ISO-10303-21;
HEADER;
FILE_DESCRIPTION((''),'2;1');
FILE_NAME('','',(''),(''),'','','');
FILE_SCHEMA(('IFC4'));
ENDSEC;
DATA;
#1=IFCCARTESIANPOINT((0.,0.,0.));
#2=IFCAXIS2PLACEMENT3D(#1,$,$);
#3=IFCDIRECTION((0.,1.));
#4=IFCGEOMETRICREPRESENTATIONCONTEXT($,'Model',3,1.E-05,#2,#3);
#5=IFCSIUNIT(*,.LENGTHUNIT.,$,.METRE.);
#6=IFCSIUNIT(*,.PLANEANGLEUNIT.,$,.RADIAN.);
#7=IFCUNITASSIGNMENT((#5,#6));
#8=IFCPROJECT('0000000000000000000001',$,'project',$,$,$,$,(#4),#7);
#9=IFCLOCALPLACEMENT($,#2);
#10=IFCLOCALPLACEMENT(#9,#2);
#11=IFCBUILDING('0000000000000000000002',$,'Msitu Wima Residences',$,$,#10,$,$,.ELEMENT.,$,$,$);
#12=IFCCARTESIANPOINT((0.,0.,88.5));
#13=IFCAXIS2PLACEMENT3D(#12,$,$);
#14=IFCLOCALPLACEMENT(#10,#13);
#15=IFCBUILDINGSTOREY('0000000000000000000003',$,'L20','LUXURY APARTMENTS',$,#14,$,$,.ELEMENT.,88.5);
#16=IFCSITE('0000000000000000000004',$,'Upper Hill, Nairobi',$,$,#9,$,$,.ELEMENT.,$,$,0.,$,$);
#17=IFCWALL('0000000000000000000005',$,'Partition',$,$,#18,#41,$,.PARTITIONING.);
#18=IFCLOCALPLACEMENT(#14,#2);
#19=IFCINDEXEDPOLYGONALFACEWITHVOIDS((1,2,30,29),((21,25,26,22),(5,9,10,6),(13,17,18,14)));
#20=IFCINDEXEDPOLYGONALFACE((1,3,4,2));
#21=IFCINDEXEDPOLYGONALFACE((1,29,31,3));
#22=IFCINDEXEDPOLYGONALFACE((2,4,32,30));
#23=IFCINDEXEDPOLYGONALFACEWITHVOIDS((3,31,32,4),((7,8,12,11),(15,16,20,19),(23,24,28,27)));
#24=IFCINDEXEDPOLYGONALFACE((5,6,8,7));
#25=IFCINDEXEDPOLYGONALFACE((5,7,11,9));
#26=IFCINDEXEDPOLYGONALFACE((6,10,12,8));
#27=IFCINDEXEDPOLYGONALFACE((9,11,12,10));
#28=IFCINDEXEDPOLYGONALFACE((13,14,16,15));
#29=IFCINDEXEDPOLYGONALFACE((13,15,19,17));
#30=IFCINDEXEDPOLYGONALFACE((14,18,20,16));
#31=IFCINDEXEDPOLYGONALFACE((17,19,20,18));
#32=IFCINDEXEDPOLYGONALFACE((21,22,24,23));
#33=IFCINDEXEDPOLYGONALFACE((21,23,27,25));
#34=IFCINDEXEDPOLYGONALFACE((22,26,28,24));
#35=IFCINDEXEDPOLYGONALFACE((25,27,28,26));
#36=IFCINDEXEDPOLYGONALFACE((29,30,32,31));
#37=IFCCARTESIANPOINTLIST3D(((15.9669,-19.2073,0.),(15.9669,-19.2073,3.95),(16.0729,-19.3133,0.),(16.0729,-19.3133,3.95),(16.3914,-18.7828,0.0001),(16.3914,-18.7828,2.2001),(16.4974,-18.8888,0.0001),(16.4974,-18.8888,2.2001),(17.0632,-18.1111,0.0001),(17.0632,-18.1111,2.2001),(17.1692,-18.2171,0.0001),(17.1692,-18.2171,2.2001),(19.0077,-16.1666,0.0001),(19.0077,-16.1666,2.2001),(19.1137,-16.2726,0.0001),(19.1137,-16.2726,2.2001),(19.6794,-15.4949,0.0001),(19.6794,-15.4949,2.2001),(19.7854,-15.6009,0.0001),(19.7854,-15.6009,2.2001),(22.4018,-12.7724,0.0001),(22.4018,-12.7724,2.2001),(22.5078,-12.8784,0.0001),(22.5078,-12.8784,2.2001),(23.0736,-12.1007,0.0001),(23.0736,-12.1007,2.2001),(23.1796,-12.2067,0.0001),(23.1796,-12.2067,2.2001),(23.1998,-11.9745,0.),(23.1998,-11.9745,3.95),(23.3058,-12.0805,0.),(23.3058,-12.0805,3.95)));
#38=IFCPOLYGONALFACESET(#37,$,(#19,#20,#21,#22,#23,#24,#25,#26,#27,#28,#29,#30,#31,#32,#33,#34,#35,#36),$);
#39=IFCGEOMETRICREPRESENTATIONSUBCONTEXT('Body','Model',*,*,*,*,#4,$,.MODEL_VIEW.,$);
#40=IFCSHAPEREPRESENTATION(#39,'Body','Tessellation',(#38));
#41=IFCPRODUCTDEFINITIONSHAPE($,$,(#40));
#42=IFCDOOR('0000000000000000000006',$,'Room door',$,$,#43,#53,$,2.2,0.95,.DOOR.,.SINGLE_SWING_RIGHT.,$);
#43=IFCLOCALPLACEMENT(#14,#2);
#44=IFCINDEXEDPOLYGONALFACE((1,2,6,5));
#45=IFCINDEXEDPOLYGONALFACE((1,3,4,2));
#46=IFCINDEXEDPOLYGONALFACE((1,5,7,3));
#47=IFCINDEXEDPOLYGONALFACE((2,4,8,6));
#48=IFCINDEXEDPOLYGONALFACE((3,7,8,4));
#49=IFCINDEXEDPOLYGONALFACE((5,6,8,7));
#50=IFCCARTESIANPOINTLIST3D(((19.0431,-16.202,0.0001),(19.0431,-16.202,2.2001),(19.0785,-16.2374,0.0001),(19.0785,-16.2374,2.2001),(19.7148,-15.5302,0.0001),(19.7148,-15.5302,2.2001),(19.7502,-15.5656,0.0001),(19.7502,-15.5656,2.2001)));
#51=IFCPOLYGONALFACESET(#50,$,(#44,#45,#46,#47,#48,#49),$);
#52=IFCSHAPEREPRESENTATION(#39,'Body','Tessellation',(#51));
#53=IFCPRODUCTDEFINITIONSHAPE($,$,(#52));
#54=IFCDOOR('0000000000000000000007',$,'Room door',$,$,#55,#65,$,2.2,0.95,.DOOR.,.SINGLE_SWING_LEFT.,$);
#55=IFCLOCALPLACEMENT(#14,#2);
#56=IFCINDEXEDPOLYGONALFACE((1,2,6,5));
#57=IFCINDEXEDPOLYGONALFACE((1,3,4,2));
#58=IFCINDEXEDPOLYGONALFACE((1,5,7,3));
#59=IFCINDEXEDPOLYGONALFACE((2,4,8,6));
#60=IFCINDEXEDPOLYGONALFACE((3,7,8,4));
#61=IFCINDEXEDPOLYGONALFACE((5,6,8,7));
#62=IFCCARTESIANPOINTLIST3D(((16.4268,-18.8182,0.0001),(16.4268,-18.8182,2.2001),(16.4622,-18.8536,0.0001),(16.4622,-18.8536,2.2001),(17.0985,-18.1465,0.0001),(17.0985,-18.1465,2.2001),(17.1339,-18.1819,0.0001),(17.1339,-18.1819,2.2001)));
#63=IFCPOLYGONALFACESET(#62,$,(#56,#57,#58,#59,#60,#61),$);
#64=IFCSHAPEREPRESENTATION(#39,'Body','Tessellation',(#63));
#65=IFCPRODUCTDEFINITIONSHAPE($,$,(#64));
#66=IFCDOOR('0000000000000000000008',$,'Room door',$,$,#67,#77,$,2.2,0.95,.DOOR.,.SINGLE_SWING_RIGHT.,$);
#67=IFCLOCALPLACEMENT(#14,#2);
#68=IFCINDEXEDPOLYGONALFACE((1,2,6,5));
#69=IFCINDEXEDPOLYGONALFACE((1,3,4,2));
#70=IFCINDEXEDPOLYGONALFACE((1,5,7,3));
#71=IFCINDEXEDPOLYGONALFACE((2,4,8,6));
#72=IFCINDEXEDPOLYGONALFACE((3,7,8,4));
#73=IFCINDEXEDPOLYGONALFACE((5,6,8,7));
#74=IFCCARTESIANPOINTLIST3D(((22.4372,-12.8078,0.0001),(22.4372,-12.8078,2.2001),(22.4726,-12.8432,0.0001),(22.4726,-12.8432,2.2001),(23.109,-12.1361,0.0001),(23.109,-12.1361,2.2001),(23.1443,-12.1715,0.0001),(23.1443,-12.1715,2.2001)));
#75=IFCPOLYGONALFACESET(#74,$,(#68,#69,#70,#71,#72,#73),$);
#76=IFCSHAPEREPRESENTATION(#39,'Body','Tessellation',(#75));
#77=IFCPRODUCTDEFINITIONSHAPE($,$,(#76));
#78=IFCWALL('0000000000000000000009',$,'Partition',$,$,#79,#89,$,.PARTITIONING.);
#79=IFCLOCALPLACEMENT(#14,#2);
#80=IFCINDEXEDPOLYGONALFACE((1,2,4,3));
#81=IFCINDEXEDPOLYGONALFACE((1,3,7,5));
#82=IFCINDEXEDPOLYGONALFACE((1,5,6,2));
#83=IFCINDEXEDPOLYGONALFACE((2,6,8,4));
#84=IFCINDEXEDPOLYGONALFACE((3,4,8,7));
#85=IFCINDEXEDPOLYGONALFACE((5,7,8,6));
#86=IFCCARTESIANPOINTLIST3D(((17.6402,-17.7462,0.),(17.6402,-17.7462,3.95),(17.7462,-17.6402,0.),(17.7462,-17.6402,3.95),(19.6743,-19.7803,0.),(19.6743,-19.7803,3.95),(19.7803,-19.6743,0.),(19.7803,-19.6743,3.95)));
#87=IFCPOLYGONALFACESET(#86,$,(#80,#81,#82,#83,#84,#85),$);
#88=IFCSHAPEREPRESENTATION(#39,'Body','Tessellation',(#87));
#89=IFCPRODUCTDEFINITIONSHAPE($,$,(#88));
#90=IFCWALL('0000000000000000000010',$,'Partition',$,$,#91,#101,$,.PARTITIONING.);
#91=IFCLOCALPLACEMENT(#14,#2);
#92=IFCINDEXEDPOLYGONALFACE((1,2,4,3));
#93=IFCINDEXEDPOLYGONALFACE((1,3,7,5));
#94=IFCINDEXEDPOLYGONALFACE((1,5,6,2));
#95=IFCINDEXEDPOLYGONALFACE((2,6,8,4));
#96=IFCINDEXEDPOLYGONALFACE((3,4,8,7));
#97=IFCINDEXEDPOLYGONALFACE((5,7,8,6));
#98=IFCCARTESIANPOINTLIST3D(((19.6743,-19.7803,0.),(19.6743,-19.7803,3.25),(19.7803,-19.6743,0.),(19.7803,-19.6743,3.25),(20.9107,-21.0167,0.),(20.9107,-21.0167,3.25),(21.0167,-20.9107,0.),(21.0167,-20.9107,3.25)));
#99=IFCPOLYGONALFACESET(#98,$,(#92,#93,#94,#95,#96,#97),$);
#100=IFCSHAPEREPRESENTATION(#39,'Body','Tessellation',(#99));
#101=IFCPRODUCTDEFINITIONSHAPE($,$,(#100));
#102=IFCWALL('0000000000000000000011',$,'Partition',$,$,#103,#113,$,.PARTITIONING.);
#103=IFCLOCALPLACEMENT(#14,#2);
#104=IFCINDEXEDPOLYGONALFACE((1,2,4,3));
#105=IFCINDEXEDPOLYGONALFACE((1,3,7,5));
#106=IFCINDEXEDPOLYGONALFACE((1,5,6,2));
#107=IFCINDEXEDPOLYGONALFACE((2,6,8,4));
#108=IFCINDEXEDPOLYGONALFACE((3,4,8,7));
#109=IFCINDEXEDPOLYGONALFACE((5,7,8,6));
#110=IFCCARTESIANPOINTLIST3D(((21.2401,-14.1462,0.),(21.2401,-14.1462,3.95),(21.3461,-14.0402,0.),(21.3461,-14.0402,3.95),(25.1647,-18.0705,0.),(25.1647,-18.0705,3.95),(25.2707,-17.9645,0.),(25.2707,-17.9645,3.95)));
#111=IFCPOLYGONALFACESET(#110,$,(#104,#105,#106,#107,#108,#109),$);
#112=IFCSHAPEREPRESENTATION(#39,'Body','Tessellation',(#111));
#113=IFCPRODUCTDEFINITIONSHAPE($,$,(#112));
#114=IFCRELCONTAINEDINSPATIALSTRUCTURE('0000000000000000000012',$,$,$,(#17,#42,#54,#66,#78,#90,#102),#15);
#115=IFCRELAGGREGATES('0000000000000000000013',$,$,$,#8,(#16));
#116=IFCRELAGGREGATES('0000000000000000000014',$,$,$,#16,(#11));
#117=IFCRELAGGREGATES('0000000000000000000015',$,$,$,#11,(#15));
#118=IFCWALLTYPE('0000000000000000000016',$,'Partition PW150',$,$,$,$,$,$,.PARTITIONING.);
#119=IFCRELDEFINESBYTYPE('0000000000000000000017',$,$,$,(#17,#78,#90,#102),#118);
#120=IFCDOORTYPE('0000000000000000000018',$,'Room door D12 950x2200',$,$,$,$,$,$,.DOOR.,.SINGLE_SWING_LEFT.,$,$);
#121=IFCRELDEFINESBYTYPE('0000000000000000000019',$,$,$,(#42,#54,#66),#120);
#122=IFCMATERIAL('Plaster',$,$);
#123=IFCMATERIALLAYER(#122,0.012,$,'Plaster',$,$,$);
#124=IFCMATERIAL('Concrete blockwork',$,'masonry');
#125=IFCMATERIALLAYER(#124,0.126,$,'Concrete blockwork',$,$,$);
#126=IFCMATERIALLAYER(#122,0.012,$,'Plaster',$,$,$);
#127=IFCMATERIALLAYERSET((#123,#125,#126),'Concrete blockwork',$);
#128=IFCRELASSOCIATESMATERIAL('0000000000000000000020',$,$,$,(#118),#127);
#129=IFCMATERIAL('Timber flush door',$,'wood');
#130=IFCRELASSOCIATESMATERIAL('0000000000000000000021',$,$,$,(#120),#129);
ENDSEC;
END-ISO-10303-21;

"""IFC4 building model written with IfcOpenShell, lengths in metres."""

from ifc_helpers import new_model, si_unit, direction, frame, frame_2d, origin, place, context, subcontext, project, spatial, rectangle, extrude, material, layer, layer_set, type_object, element, fill, save


model = new_model("IFC4")

# Units and contexts
model_context = context("Model", 3, precision=1e-05, world=origin(), true_north=direction((0.0, 1.0)))
body_context = subcontext(model_context, "Body", "Model", "MODEL_VIEW")
ifc_project = project(units=[si_unit("LENGTHUNIT", "METRE"), si_unit("PLANEANGLEUNIT", "RADIAN")], contexts=[model_context])

# Site, building, storey
site_placement = place(None, origin())
site = spatial("IfcSite", under=ifc_project, at=site_placement, Name="Upper Hill, Nairobi", CompositionType="ELEMENT", RefElevation=0.0)
building_placement = place(site_placement, origin())
building = spatial("IfcBuilding", under=site, at=building_placement, Name="Msitu Wima Residences", CompositionType="ELEMENT")
storey_placement = place(building_placement, frame((0.0, 0.0, 88.5)))
storey = spatial("IfcBuildingStorey", under=building, at=storey_placement, Name="L20", Description="LUXURY APARTMENTS", CompositionType="ELEMENT", Elevation=88.5)

# Shared definitions
ifc_material_1 = material(Name="Plaster")
ifc_material_2 = material(Name="Concrete blockwork", Category="masonry")

# Wall, openings, doors
ifc_layer_1 = layer(ifc_material_1, 0.012, Name="Plaster")
ifc_layer_2 = layer(ifc_material_2, 0.126, Name="Concrete blockwork")
ifc_layer_3 = layer(ifc_material_1, 0.012, Name="Plaster")
ifc_layer_set_1 = layer_set([ifc_layer_1, ifc_layer_2, ifc_layer_3], Name="Concrete blockwork")
wall_type_1 = type_object("IfcWallType", Name="Partition PW150", PredefinedType="PARTITIONING", material=ifc_layer_set_1)
wall_1_placement = place(storey_placement, frame((16.02, -19.2603, 0.0), z_axis=(0.0, 0.0, 1.0), x_axis=(0.707107, 0.707107, 0.0)))
wall_1 = element("IfcWall", 1, at=wall_1_placement, inside=storey, type_object=wall_type_1, Name="Partition", PredefinedType="PARTITIONING", context=body_context, shape_type="SweptSolid", body=[
    extrude(rectangle(XDim=10.2288, YDim=0.1499, at=frame_2d((5.1143, 0.0))), origin(), (0.0, 0.0, 1.0), 3.95),
])
opening_1_placement = place(wall_1_placement, frame((4.3, 0.0, 0.0)))
opening_1 = element("IfcOpeningElement", 2, at=opening_1_placement, cuts=wall_1, PredefinedType="OPENING", context=body_context, shape_type="SweptSolid", body=[
    extrude(rectangle(XDim=0.95, YDim=2.2, at=frame_2d((0.4751, 1.1001))), frame((0.0, 0.085, 0.0), z_axis=(0.0, -1.0, 0.0), x_axis=(1.0, 0.0, 0.0)), (0.0, 0.0, 1.0), 0.1699),
])
opening_2_placement = place(wall_1_placement, frame((0.6001, 0.0, 0.0)))
opening_2 = element("IfcOpeningElement", 3, at=opening_2_placement, cuts=wall_1, PredefinedType="OPENING", context=body_context, shape_type="SweptSolid", body=[
    extrude(rectangle(XDim=0.95, YDim=2.2, at=frame_2d((0.4751, 1.1001))), frame((0.0, 0.085, 0.0), z_axis=(0.0, -1.0, 0.0), x_axis=(1.0, 0.0, 0.0)), (0.0, 0.0, 1.0), 0.1699),
])
opening_3_placement = place(wall_1_placement, frame((9.1001, 0.0, 0.0)))
opening_3 = element("IfcOpeningElement", 4, at=opening_3_placement, cuts=wall_1, PredefinedType="OPENING", context=body_context, shape_type="SweptSolid", body=[
    extrude(rectangle(XDim=0.95, YDim=2.2, at=frame_2d((0.4751, 1.1001))), frame((0.0, 0.085, 0.0), z_axis=(0.0, -1.0, 0.0), x_axis=(1.0, 0.0, 0.0)), (0.0, 0.0, 1.0), 0.1699),
])
ifc_material_3 = material(Name="Timber flush door", Category="wood")
door_type_1 = type_object("IfcDoorType", Name="Room door D12 950x2200", OperationType="SINGLE_SWING_LEFT", PredefinedType="DOOR", material=ifc_material_3)
door_1_placement = place(opening_1_placement, origin())
door_1 = element("IfcDoor", 5, at=door_1_placement, inside=storey, type_object=door_type_1, Name="Room door", OperationType="SINGLE_SWING_RIGHT", OverallHeight=2.2, OverallWidth=0.95, PredefinedType="DOOR", context=body_context, shape_type="SweptSolid", body=[
    extrude(rectangle(XDim=0.95, YDim=2.2, at=frame_2d((0.4751, 1.1001))), frame((0.0, 0.0249, 0.0), z_axis=(0.0, -1.0, 0.0), x_axis=(1.0, 0.0, 0.0)), (0.0, 0.0, 1.0), 0.05),
])
fill(opening_1, door_1)
door_2_placement = place(opening_2_placement, origin())
door_2 = element("IfcDoor", 6, at=door_2_placement, inside=storey, type_object=door_type_1, Name="Room door", OperationType="SINGLE_SWING_LEFT", OverallHeight=2.2, OverallWidth=0.95, PredefinedType="DOOR", context=body_context, shape_type="SweptSolid", body=[
    extrude(rectangle(XDim=0.95, YDim=2.2, at=frame_2d((0.4751, 1.1001))), frame((0.0, 0.0249, 0.0), z_axis=(0.0, -1.0, 0.0), x_axis=(1.0, 0.0, 0.0)), (0.0, 0.0, 1.0), 0.05),
])
fill(opening_2, door_2)
door_3_placement = place(opening_3_placement, origin())
door_3 = element("IfcDoor", 7, at=door_3_placement, inside=storey, type_object=door_type_1, Name="Room door", OperationType="SINGLE_SWING_RIGHT", OverallHeight=2.2, OverallWidth=0.95, PredefinedType="DOOR", context=body_context, shape_type="SweptSolid", body=[
    extrude(rectangle(XDim=0.95, YDim=2.2, at=frame_2d((0.4751, 1.1001))), frame((0.0, 0.0249, 0.0), z_axis=(0.0, -1.0, 0.0), x_axis=(1.0, 0.0, 0.0)), (0.0, 0.0, 1.0), 0.05),
])
fill(opening_3, door_3)

# Walls
wall_2_placement = place(storey_placement, frame((17.6931, -17.6931, 0.0), z_axis=(0.0, 0.0, 1.0), x_axis=(0.707107, -0.707107, 0.0)))
element("IfcWall", 8, at=wall_2_placement, inside=storey, type_object=wall_type_1, Name="Partition", PredefinedType="PARTITIONING", context=body_context, shape_type="SweptSolid", body=[
    extrude(rectangle(XDim=2.8767, YDim=0.1499, at=frame_2d((1.4385, 0.0))), origin(), (0.0, 0.0, 1.0), 3.95),
])
wall_3_placement = place(storey_placement, frame((19.7273, -19.7273, 0.0), z_axis=(0.0, 0.0, 1.0), x_axis=(0.707107, -0.707107, 0.0)))
element("IfcWall", 9, at=wall_3_placement, inside=storey, type_object=wall_type_1, Name="Partition", PredefinedType="PARTITIONING", context=body_context, shape_type="SweptSolid", body=[
    extrude(rectangle(XDim=1.7485, YDim=0.1499, at=frame_2d((0.8743, 0.0))), origin(), (0.0, 0.0, 1.0), 3.25),
])
wall_4_placement = place(storey_placement, frame((21.2932, -14.0933, 0.0), z_axis=(0.0, 0.0, 1.0), x_axis=(0.707129, -0.707085, 0.0)))
element("IfcWall", 10, at=wall_4_placement, inside=storey, type_object=wall_type_1, Name="Partition", PredefinedType="PARTITIONING", context=body_context, shape_type="SweptSolid", body=[
    extrude(rectangle(XDim=5.55, YDim=0.1499, at=frame_2d((2.7749, 0.0))), origin(), (0.0, 0.0, 1.0), 3.95),
])

save(model, "model.ifc")
